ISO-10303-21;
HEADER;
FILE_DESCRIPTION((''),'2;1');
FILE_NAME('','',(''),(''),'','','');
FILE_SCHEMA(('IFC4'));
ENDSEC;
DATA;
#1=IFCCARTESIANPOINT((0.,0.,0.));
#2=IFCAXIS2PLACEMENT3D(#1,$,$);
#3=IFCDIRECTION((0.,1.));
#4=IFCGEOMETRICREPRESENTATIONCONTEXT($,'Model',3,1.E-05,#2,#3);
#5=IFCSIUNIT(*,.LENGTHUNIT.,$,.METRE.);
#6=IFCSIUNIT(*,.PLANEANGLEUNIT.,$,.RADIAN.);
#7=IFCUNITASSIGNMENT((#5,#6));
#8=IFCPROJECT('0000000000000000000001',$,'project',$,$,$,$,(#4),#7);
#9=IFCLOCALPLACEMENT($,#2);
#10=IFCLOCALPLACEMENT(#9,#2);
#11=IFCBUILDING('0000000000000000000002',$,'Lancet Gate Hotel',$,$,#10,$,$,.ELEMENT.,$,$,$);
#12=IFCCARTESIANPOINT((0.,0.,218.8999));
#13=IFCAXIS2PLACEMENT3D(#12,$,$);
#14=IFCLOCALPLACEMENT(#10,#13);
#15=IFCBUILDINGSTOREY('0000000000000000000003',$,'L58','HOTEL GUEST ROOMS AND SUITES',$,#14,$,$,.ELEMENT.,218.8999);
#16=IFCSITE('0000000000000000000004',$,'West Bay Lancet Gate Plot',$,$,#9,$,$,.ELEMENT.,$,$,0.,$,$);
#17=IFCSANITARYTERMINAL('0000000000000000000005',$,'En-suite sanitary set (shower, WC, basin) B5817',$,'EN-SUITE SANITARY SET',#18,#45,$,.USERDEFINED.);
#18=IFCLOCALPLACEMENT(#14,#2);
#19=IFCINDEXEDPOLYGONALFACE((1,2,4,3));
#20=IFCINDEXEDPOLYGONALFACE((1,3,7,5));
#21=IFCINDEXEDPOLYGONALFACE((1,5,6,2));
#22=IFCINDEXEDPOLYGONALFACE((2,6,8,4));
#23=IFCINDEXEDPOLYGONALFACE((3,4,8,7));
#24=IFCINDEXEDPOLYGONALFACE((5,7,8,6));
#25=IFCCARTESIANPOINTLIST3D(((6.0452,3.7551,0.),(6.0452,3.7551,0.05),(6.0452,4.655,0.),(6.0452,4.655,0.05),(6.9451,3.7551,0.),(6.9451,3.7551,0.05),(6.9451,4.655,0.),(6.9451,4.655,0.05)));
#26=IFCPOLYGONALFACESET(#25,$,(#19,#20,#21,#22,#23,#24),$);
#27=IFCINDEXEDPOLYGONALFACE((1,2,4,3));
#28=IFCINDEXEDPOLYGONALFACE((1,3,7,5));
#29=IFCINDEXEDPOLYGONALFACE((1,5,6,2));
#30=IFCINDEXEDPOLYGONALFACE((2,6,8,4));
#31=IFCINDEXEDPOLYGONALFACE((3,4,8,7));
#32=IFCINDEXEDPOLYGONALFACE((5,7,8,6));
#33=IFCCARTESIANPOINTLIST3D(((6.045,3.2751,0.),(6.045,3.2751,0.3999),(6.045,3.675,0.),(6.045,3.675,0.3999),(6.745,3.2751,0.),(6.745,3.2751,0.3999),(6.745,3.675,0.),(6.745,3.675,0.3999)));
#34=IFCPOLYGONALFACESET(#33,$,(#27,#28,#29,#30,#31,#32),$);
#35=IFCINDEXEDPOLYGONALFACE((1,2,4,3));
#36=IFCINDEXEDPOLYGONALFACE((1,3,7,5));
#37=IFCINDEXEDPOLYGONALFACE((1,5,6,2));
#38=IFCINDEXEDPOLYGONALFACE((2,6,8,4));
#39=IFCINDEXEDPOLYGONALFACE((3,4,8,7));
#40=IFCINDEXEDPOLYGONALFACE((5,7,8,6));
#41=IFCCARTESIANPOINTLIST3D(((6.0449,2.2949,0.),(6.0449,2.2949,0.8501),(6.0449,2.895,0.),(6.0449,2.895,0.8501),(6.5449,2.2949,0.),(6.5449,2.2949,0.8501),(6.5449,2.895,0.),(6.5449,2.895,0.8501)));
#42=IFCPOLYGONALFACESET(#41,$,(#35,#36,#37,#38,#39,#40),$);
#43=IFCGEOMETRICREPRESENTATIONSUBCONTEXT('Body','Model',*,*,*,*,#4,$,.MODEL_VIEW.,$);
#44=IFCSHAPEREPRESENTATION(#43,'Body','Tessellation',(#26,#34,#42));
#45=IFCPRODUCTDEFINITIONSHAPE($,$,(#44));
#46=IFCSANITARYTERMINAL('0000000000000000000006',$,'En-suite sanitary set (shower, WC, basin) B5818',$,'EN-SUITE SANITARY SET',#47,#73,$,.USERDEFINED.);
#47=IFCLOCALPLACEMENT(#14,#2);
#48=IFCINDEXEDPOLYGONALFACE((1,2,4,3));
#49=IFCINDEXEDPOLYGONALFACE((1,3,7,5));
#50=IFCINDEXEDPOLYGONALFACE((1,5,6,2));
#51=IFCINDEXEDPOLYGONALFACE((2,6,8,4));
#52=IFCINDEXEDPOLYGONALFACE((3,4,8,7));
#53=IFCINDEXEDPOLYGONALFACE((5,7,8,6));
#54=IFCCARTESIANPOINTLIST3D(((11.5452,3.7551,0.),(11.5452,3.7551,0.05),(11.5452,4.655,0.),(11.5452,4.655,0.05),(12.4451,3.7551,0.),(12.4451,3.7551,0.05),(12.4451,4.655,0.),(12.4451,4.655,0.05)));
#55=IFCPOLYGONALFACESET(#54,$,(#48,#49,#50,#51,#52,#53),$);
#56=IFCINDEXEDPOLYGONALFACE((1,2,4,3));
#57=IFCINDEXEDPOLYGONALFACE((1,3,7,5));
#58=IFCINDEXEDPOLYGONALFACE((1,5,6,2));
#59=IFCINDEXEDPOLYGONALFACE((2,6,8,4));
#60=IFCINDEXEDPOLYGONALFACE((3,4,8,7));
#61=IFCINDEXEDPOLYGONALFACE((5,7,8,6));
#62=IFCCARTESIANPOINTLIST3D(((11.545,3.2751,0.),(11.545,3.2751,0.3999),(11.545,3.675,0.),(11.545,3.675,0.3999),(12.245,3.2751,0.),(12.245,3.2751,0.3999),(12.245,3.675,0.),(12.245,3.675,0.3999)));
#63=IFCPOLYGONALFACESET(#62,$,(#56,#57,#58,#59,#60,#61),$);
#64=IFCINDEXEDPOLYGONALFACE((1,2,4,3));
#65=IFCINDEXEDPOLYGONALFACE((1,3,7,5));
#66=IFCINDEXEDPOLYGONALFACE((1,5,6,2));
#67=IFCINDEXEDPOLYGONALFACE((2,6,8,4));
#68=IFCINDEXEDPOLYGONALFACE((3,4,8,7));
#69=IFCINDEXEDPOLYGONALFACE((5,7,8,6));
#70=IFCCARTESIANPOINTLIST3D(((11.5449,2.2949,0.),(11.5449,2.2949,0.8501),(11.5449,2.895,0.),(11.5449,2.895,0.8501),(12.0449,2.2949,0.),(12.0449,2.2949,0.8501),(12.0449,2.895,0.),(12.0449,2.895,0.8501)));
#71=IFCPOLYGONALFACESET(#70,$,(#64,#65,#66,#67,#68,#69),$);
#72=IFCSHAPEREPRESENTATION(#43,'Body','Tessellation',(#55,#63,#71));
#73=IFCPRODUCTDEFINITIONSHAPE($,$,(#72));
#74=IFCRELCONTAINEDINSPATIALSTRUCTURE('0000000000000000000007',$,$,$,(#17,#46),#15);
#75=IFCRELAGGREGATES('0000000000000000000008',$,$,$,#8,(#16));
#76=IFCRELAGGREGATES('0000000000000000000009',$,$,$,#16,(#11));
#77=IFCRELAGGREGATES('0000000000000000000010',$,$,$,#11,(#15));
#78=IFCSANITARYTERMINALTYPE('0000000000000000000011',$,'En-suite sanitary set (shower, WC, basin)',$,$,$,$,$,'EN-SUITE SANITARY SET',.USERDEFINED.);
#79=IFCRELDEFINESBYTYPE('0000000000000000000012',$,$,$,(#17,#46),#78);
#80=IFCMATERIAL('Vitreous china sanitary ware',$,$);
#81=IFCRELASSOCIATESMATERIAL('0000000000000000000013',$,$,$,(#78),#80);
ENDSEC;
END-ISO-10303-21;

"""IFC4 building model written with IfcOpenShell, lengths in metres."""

from ifc_helpers import new_model, si_unit, direction, frame, origin, origin_2d, place, context, subcontext, project, spatial, rectangle, extrude, material, type_object, element, save


model = new_model("IFC4")

# Units and contexts
model_context = context("Model", 3, precision=1e-05, world=origin(), true_north=direction((0.0, 1.0)))
body_context = subcontext(model_context, "Body", "Model", "MODEL_VIEW")
ifc_project = project(units=[si_unit("LENGTHUNIT", "METRE"), si_unit("PLANEANGLEUNIT", "RADIAN")], contexts=[model_context])

# Site, building, storey
site_placement = place(None, origin())
site = spatial("IfcSite", under=ifc_project, at=site_placement, Name="West Bay Lancet Gate Plot", CompositionType="ELEMENT", RefElevation=0.0)
building_placement = place(site_placement, origin())
building = spatial("IfcBuilding", under=site, at=building_placement, Name="Lancet Gate Hotel", CompositionType="ELEMENT")
storey_placement = place(building_placement, frame((0.0, 0.0, 218.8999)))
storey = spatial("IfcBuildingStorey", under=building, at=storey_placement, Name="L58", Description="HOTEL GUEST ROOMS AND SUITES", CompositionType="ELEMENT", Elevation=218.8999)

# Sanitary terminals
ifc_material_1 = material(Name="Vitreous china sanitary ware")
sanitary_terminal_type = type_object("IfcSanitaryTerminalType", Name="En-suite sanitary set (shower, WC, basin)", ElementType="EN-SUITE SANITARY SET", PredefinedType="USERDEFINED", material=ifc_material_1)
for number, where, z_axis, x_axis, name in (
    (1, (6.4951, 4.2051, 0.0), (0.0, 0.0, 1.0), (1.0, 0.0, 0.0), "En-suite sanitary set (shower, WC, basin) B5817"),
    (2, (11.9951, 4.2051, 0.0), (0.0, 0.0, 1.0), (1.0, 0.0, 0.0), "En-suite sanitary set (shower, WC, basin) B5818"),
):
    element("IfcSanitaryTerminal", number, at=place(storey_placement, frame(where, z_axis=z_axis, x_axis=x_axis)), inside=storey, type_object=sanitary_terminal_type, Name=name, ObjectType="EN-SUITE SANITARY SET", PredefinedType="USERDEFINED", context=body_context, shape_type="SweptSolid", body=[
        extrude(rectangle(XDim=0.8999, YDim=0.8999, at=origin_2d()), frame((0.0, 0.0, 0.0), z_axis=(0.0, 0.0, 1.0), x_axis=(0.0, 1.0, 0.0)), (0.0, 0.0, 1.0), 0.05),
        extrude(rectangle(XDim=0.3999, YDim=0.7, at=origin_2d()), frame((-0.1001, -0.73, 0.0), z_axis=(0.0, 0.0, 1.0), x_axis=(0.0, 1.0, 0.0)), (0.0, 0.0, 1.0), 0.3999),
        extrude(rectangle(XDim=0.6001, YDim=0.5, at=origin_2d()), frame((-0.2002, -1.6101, 0.0), z_axis=(0.0, 0.0, 1.0), x_axis=(0.0, 1.0, 0.0)), (0.0, 0.0, 1.0), 0.8501),
    ])

save(model, "model.ifc")
